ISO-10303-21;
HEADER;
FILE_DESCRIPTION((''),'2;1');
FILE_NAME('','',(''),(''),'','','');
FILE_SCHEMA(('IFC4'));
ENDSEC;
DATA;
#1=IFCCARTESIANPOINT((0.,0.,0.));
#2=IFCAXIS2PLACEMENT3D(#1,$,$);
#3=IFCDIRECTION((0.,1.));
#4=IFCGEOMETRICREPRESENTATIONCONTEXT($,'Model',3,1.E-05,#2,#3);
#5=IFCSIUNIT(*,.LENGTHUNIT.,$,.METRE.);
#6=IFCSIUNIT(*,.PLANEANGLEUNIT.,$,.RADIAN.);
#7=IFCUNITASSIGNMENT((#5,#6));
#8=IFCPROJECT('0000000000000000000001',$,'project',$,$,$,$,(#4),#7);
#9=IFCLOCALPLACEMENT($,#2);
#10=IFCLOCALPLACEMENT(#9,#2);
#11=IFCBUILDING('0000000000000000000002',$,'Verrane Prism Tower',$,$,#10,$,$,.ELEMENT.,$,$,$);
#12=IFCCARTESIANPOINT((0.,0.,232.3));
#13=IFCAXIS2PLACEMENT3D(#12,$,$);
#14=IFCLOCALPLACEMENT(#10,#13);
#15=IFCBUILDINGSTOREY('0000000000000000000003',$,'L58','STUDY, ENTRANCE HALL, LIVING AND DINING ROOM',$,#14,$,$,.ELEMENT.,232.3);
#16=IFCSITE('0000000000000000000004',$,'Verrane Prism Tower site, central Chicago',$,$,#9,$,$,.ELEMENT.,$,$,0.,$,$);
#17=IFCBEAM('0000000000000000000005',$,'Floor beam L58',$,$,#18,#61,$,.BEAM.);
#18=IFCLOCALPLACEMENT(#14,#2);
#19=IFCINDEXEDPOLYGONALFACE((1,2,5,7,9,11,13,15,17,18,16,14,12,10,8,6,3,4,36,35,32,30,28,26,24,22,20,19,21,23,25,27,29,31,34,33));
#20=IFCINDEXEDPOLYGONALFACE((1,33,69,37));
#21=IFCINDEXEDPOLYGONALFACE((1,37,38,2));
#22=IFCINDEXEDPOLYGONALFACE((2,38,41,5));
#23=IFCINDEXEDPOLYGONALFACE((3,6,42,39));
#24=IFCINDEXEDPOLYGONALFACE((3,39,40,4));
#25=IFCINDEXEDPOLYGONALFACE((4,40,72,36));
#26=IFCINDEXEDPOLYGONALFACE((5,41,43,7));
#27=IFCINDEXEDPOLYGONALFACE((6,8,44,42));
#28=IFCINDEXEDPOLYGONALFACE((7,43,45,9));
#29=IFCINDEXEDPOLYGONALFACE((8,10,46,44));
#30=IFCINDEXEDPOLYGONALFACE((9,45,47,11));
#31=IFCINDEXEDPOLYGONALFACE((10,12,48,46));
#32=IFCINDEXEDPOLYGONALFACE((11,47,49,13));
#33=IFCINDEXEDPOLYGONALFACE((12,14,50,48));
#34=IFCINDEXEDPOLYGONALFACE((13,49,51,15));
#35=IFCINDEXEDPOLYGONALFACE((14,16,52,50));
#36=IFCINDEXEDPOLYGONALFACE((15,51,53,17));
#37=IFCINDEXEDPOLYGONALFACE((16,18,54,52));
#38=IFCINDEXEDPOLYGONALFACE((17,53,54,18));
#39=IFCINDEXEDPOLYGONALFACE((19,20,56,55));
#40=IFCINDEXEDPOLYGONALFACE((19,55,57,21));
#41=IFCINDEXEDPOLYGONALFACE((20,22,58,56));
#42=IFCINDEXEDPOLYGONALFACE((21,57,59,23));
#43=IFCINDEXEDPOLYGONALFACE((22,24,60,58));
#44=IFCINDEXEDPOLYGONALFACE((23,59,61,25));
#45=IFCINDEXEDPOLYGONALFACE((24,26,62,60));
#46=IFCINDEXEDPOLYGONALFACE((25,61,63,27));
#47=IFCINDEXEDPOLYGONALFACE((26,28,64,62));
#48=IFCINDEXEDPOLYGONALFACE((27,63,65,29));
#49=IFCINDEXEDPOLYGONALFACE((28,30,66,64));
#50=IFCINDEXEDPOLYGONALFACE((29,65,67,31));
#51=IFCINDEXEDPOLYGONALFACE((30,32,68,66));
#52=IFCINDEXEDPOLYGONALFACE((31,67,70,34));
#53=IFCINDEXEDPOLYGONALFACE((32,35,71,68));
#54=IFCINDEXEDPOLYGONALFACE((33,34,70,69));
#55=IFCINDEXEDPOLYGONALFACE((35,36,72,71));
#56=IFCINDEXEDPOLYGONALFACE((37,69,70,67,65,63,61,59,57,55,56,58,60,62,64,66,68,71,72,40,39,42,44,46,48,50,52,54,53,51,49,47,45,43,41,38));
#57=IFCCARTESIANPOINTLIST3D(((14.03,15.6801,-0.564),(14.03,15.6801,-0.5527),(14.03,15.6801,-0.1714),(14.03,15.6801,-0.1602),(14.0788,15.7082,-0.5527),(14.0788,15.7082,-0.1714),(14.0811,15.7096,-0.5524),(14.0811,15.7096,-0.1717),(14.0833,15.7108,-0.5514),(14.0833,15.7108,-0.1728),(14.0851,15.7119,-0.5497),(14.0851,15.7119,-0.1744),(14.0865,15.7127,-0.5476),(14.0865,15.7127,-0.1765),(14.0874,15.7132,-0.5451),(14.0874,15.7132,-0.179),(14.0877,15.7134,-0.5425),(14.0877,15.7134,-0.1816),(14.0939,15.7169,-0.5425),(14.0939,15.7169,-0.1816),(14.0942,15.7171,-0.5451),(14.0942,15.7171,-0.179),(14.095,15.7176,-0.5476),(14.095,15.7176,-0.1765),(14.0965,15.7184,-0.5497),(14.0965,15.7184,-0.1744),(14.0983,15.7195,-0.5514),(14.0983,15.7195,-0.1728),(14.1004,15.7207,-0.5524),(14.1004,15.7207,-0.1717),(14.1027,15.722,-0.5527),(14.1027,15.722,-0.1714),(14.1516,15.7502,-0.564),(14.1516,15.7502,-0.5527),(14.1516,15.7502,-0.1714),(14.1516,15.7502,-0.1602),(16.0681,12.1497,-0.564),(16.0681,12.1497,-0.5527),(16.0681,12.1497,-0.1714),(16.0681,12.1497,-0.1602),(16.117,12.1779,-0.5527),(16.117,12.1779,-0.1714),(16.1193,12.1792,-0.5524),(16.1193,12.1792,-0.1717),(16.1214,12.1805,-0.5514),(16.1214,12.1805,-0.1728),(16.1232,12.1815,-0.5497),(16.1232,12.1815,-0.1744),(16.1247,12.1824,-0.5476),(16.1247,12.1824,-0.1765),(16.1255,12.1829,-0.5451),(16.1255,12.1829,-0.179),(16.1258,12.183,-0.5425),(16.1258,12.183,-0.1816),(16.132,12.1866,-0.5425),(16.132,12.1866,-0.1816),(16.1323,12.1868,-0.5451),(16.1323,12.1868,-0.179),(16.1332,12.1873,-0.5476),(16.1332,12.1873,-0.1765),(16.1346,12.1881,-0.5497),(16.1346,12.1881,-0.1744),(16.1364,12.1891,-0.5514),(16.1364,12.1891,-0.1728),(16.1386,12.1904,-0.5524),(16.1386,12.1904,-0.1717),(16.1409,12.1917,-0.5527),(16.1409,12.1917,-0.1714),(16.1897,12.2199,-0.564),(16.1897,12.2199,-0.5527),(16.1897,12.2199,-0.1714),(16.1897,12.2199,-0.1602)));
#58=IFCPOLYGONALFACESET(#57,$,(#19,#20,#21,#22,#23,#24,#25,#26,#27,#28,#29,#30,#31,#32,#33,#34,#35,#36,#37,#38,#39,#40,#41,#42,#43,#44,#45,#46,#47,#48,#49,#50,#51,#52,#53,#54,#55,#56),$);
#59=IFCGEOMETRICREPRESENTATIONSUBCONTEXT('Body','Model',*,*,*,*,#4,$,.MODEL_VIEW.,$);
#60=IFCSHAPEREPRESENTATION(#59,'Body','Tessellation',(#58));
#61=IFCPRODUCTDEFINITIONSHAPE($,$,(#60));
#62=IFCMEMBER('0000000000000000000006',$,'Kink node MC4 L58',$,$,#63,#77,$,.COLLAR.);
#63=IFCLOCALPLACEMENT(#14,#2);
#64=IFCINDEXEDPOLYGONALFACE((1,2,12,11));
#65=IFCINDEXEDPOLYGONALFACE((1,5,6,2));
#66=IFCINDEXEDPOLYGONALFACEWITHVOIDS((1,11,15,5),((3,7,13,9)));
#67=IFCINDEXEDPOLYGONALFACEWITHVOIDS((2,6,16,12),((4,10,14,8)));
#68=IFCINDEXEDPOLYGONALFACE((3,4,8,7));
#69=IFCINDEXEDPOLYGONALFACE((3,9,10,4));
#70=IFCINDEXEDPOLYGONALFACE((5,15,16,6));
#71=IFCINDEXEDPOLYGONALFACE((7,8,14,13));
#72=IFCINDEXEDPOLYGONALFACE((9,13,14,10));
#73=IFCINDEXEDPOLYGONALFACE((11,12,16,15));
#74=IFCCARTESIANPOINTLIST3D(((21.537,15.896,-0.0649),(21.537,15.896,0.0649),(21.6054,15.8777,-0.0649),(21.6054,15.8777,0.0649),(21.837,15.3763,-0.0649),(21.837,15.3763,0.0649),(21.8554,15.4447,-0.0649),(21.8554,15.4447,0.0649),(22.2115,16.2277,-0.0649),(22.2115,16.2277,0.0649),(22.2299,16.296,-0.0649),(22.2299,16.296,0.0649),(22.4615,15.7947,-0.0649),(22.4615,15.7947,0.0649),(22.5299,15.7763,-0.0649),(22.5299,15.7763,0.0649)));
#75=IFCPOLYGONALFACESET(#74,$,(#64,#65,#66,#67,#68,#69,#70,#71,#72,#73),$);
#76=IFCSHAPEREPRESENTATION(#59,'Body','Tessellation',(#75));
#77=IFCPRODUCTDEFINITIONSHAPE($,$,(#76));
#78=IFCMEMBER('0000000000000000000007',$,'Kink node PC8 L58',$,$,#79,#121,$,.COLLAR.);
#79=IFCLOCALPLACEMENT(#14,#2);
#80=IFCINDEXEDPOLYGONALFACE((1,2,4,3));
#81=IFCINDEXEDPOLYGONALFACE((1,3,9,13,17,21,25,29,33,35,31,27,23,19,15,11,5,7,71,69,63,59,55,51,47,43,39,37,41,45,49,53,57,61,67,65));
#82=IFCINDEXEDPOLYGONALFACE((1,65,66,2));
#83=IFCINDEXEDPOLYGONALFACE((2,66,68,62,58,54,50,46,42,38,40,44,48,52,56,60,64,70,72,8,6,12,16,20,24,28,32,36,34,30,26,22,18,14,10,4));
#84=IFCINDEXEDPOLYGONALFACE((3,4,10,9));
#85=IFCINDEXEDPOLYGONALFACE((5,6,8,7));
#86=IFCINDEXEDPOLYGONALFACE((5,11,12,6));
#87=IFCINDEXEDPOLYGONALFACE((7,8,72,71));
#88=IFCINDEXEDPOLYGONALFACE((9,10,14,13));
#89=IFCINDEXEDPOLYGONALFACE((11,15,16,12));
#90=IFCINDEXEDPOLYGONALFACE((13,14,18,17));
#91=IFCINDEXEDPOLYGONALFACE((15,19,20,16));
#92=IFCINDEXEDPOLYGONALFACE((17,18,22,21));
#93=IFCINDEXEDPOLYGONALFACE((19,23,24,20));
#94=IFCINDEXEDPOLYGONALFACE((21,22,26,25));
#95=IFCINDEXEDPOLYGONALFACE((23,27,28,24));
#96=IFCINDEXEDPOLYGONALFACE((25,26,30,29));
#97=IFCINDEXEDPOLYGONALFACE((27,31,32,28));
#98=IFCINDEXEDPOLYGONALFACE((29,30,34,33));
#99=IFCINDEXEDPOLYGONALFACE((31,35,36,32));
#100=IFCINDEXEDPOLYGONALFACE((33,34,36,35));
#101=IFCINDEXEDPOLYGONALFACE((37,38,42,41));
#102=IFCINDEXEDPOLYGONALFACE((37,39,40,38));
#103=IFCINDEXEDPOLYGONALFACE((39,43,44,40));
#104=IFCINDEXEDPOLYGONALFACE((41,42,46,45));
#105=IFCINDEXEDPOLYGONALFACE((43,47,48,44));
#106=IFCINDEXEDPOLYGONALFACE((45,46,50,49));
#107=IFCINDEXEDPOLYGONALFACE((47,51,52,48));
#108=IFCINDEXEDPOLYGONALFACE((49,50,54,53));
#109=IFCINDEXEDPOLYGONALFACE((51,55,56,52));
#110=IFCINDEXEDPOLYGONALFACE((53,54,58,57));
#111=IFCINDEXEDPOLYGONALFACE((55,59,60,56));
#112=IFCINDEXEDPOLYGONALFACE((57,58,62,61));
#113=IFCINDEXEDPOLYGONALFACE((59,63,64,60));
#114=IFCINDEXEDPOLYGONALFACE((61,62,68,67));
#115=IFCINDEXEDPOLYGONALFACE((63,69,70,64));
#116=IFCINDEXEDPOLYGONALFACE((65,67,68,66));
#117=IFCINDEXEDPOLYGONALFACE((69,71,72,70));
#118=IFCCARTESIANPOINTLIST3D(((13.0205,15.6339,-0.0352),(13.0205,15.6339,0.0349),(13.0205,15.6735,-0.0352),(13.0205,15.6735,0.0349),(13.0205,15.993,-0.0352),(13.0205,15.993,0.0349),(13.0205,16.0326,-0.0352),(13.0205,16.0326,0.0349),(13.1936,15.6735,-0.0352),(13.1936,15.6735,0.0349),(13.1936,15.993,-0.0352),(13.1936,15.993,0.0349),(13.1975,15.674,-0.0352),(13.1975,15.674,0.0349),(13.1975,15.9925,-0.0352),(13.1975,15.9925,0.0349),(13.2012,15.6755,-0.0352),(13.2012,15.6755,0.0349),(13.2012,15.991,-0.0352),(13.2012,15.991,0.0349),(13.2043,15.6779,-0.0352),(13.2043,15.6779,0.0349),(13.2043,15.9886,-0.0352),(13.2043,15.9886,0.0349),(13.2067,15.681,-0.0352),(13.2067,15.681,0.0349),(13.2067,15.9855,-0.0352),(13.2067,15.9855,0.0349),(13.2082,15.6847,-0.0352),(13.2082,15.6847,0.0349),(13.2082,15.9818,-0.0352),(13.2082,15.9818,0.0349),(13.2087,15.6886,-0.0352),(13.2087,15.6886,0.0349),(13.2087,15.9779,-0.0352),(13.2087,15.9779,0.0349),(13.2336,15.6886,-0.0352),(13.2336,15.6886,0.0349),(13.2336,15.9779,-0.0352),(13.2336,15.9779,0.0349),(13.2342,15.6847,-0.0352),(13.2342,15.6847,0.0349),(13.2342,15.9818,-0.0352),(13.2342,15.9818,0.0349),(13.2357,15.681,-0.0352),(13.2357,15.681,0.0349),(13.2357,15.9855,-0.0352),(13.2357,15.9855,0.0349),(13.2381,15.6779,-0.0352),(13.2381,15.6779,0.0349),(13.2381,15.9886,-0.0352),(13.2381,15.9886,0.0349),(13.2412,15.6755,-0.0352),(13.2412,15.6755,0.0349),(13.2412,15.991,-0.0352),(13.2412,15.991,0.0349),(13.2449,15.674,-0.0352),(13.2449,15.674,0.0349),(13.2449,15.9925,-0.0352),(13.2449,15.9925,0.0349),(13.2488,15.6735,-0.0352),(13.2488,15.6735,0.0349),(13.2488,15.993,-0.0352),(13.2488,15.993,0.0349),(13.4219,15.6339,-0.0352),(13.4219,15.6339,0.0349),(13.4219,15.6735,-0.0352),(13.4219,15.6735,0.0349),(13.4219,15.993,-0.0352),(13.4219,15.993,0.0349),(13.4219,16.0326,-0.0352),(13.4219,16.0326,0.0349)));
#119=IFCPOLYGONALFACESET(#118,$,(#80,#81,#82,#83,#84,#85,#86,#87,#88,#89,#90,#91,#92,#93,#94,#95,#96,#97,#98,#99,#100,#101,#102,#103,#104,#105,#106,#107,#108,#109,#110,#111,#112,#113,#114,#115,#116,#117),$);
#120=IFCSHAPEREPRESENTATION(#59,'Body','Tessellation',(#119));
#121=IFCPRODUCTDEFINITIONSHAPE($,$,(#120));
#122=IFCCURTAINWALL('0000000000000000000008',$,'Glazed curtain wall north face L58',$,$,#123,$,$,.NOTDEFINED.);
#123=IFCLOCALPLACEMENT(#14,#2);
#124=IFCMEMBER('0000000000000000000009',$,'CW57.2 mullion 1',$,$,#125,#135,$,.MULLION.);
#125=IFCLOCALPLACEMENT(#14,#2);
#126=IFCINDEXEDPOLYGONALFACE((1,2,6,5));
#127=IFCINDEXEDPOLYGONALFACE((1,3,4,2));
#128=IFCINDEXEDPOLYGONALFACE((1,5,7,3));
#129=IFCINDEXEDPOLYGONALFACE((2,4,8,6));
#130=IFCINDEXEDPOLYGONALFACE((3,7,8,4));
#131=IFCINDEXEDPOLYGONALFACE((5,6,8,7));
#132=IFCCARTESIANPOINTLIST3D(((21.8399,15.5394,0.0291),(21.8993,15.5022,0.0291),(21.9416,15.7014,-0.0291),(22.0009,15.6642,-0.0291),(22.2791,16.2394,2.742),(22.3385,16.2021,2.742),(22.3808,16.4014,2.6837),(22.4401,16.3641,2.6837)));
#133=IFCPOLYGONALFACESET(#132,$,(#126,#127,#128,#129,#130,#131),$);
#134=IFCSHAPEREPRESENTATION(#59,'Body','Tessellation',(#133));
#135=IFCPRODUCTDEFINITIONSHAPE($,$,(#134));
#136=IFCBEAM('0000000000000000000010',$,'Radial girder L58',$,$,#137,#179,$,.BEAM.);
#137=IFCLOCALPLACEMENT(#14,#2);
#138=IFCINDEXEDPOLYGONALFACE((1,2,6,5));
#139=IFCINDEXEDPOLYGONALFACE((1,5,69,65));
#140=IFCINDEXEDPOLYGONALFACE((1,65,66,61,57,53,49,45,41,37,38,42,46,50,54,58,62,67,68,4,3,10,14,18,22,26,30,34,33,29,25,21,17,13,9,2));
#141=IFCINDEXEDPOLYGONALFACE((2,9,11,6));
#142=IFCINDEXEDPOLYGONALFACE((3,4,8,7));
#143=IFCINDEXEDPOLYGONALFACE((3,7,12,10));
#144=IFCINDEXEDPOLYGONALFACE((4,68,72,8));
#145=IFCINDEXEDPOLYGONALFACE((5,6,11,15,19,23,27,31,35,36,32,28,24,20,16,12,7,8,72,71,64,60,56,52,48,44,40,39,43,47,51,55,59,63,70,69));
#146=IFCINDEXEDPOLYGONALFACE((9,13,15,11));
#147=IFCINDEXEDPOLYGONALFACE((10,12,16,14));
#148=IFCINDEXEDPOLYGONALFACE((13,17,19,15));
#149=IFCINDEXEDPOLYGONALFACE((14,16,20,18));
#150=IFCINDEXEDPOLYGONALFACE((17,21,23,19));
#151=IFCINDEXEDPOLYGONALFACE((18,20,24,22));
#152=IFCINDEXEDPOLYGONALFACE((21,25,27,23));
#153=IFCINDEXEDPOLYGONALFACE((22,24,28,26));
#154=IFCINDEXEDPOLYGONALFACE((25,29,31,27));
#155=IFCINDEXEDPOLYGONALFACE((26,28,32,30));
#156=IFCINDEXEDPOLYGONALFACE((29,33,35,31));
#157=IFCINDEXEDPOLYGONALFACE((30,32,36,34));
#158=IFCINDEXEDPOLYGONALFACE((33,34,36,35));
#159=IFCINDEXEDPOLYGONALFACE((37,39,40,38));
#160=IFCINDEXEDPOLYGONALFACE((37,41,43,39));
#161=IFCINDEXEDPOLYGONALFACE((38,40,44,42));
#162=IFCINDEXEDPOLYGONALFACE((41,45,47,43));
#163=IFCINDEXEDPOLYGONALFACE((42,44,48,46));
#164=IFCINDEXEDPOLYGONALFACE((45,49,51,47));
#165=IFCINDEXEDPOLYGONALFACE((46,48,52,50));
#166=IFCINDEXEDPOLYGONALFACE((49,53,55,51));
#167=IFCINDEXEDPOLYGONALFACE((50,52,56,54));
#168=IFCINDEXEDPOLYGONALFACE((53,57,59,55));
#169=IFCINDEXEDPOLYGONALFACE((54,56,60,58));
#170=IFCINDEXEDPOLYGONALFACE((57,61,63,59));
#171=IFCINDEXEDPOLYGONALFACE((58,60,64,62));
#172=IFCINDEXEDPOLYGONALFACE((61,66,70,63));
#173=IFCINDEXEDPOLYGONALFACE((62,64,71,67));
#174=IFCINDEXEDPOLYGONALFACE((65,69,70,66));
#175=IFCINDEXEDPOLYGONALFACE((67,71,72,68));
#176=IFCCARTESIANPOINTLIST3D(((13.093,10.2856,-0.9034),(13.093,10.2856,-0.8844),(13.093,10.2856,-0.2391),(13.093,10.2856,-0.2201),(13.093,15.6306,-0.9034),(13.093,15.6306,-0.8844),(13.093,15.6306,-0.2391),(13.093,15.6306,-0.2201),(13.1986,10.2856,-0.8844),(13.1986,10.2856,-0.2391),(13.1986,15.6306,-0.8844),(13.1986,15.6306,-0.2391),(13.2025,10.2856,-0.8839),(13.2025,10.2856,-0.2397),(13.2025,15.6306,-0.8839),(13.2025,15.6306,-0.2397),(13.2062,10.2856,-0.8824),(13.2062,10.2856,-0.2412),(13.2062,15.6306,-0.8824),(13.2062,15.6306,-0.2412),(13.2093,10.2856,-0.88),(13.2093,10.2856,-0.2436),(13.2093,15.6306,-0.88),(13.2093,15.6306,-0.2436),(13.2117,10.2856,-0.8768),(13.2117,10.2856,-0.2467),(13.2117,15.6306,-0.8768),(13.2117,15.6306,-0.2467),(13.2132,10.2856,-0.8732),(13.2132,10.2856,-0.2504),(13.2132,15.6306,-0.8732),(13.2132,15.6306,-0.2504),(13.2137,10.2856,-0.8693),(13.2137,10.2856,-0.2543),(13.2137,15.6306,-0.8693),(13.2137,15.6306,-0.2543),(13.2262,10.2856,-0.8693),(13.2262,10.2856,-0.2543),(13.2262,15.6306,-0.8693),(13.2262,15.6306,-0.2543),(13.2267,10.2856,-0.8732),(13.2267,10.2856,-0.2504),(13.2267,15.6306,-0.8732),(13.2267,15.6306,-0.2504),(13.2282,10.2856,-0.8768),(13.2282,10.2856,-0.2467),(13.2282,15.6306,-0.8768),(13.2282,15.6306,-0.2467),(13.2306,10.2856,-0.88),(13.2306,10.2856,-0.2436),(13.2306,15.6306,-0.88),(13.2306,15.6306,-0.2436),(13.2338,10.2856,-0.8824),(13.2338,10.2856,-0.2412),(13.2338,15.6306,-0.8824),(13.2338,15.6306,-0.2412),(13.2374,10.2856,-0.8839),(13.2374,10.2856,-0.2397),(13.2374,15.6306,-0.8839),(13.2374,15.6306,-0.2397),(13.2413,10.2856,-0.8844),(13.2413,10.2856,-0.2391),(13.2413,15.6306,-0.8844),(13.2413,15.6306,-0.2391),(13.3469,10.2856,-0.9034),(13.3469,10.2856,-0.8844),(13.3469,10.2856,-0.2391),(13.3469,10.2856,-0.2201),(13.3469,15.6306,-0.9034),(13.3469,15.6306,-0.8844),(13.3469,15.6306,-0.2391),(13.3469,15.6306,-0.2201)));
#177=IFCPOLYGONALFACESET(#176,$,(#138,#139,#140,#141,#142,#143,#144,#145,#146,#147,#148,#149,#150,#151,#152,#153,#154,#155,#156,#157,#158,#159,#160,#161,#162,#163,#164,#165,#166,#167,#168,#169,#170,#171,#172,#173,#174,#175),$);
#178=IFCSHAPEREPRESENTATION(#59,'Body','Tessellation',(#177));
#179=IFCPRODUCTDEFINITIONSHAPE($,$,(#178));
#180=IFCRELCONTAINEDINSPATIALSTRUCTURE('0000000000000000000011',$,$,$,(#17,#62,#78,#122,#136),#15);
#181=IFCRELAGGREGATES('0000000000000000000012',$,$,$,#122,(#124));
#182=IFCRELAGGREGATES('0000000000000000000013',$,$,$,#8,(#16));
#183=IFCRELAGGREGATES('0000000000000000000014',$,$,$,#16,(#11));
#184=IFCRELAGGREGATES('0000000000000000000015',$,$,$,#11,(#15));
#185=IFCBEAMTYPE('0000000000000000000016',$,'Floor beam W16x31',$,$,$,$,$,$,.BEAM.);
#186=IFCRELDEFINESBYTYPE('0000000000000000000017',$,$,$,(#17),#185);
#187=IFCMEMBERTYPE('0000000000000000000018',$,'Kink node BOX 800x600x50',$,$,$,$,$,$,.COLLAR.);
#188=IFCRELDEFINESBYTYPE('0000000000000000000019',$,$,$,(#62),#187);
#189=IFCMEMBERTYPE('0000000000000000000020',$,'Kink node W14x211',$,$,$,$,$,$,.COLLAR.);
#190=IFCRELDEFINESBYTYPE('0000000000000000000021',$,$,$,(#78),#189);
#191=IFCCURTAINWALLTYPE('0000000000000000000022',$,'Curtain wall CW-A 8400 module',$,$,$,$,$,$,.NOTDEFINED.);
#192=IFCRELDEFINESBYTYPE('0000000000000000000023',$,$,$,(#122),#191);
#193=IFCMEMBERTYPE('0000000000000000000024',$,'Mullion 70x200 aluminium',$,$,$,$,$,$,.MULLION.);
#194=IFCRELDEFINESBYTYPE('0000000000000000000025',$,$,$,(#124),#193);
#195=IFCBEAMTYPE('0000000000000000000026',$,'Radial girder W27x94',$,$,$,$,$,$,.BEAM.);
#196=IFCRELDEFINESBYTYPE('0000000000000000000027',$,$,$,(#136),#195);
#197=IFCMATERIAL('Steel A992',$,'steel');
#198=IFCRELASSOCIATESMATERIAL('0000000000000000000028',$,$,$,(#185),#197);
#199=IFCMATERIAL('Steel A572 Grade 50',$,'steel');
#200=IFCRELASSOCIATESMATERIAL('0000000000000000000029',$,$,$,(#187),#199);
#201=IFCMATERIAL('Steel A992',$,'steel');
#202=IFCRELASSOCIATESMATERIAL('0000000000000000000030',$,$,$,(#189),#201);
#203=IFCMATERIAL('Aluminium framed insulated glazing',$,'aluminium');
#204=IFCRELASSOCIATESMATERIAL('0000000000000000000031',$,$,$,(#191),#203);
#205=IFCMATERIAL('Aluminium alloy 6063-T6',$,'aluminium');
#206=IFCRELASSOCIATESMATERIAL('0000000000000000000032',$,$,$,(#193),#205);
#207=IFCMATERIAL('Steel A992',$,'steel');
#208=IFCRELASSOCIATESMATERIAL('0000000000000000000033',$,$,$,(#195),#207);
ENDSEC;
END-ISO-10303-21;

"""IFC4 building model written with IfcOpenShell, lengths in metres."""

from ifc_helpers import new_model, si_unit, direction, frame, origin, origin_2d, place, context, subcontext, project, spatial, rectangle, hollow_rectangle, i_section, extrude, material, material_profile, profile_set, type_object, element, aggregate, save


model = new_model("IFC4")

# Units and contexts
model_context = context("Model", 3, precision=1e-05, world=origin(), true_north=direction((0.0, 1.0)))
body_context = subcontext(model_context, "Body", "Model", "MODEL_VIEW")
ifc_project = project(units=[si_unit("LENGTHUNIT", "METRE"), si_unit("PLANEANGLEUNIT", "RADIAN")], contexts=[model_context])

# Site, building, storey
site_placement = place(None, origin())
site = spatial("IfcSite", under=ifc_project, at=site_placement, Name="Verrane Prism Tower site, central Chicago", CompositionType="ELEMENT", RefElevation=0.0)
building_placement = place(site_placement, origin())
building = spatial("IfcBuilding", under=site, at=building_placement, Name="Verrane Prism Tower", CompositionType="ELEMENT")
storey_placement = place(building_placement, frame((0.0, 0.0, 232.3)))
storey = spatial("IfcBuildingStorey", under=building, at=storey_placement, Name="L58", Description="STUDY, ENTRANCE HALL, LIVING AND DINING ROOM", CompositionType="ELEMENT", Elevation=232.3)

# Beam
ifc_material_1 = material(Name="Steel A992", Category="steel")
ifc_material_profile_1 = material_profile(ifc_material_1, i_section(OverallWidth=0.1404, OverallDepth=0.4038, WebThickness=0.0071, FlangeThickness=0.0112, FilletRadius=0.0103, at=origin_2d()), Name="W16x31")
ifc_profile_set_1 = profile_set([ifc_material_profile_1], Name="Steel A992")
beam_type_1 = type_object("IfcBeamType", Name="Floor beam W16x31", PredefinedType="BEAM", material=ifc_profile_set_1)
beam_1_placement = place(storey_placement, frame((16.1289, 12.1848, -0.3621), z_axis=(-0.499978, 0.866038, 0.0), x_axis=(-0.866038, -0.499978, 0.0)))
element("IfcBeam", 1, at=beam_1_placement, inside=storey, type_object=beam_type_1, Name="Floor beam L58", PredefinedType="BEAM", context=body_context, shape_type="SweptSolid", body=[
    extrude(i_section(OverallWidth=0.1404, OverallDepth=0.4038, WebThickness=0.0071, FlangeThickness=0.0112, FilletRadius=0.0103, at=origin_2d()), origin(), (0.0, 0.0, 1.0), 4.0764),
])

# Members
ifc_material_2 = material(Name="Steel A572 Grade 50", Category="steel")
ifc_material_profile_2 = material_profile(ifc_material_2, hollow_rectangle(XDim=0.6001, YDim=0.8, WallThickness=0.05, at=origin_2d()), Name="BOX 800x600x50")
ifc_profile_set_2 = profile_set([ifc_material_profile_2], Name="Steel A572 Grade 50")
member_type_1 = type_object("IfcMemberType", Name="Kink node BOX 800x600x50", PredefinedType="COLLAR", material=ifc_profile_set_2)
member_1_placement = place(storey_placement, frame((22.0334, 15.8362, -0.0649), z_axis=(0.0, 0.0, 1.0), x_axis=(0.5, -0.866025, 0.0)))
element("IfcMember", 2, at=member_1_placement, inside=storey, type_object=member_type_1, Name="Kink node MC4 L58", PredefinedType="COLLAR", context=body_context, shape_type="SweptSolid", body=[
    extrude(hollow_rectangle(XDim=0.6001, YDim=0.8, WallThickness=0.05, at=origin_2d()), origin(), (0.0, 0.0, 1.0), 0.1299),
])
ifc_material_3 = material(Name="Steel A992", Category="steel")
ifc_material_profile_3 = material_profile(ifc_material_3, i_section(OverallWidth=0.4014, OverallDepth=0.3987, WebThickness=0.0249, FlangeThickness=0.0396, FilletRadius=0.0151, at=origin_2d()), Name="W14x211")
ifc_profile_set_3 = profile_set([ifc_material_profile_3], Name="Steel A992")
member_type_2 = type_object("IfcMemberType", Name="Kink node W14x211", PredefinedType="COLLAR", material=ifc_profile_set_3)
member_2_placement = place(storey_placement, frame((13.2212, 15.8333, -0.0352), z_axis=(0.0, 0.0, 1.0), x_axis=(1.0, 0.0, 0.0)))
element("IfcMember", 3, at=member_2_placement, inside=storey, type_object=member_type_2, Name="Kink node PC8 L58", PredefinedType="COLLAR", context=body_context, shape_type="SweptSolid", body=[
    extrude(i_section(OverallWidth=0.4014, OverallDepth=0.3987, WebThickness=0.0249, FlangeThickness=0.0396, FilletRadius=0.0151, at=origin_2d()), origin(), (0.0, 0.0, 1.0), 0.0701),
])

# Curtain wall, member
ifc_material_4 = material(Name="Aluminium framed insulated glazing", Category="aluminium")
curtain_wall_type = type_object("IfcCurtainWallType", Name="Curtain wall CW-A 8400 module", PredefinedType="NOTDEFINED", material=ifc_material_4)
curtain_wall_1_placement = place(storey_placement, origin())
curtain_wall_1 = element("IfcCurtainWall", 4, at=curtain_wall_1_placement, inside=storey, type_object=curtain_wall_type, Name="Glazed curtain wall north face L58", PredefinedType="NOTDEFINED")
ifc_material_5 = material(Name="Aluminium alloy 6063-T6", Category="aluminium")
ifc_material_profile_4 = material_profile(ifc_material_5, rectangle(XDim=0.2, YDim=0.0701, at=origin_2d()), Name="Mullion 70x200 aluminium")
ifc_profile_set_4 = profile_set([ifc_material_profile_4], Name="Aluminium alloy 6063-T6")
member_type_3 = type_object("IfcMemberType", Name="Mullion 70x200 aluminium", PredefinedType="MULLION", material=ifc_profile_set_4)
member_3_placement = place(storey_placement, frame((21.9204, 15.6018, 0.0), z_axis=(0.154872, 0.246814, 0.956607), x_axis=(0.508448, 0.810295, -0.29138)))
member_3 = element("IfcMember", 5, at=member_3_placement, type_object=member_type_3, Name="CW57.2 mullion 1", PredefinedType="MULLION", context=body_context, shape_type="SweptSolid", body=[
    extrude(rectangle(XDim=0.2, YDim=0.0701, at=origin_2d()), origin(), (0.0, 0.0, 1.0), 2.8359),
])

# Beam
ifc_material_6 = material(Name="Steel A992", Category="steel")
ifc_material_profile_5 = material_profile(ifc_material_6, i_section(OverallWidth=0.2539, OverallDepth=0.6833, WebThickness=0.0125, FlangeThickness=0.019, FilletRadius=0.0151, at=origin_2d()), Name="W27x94")
ifc_profile_set_5 = profile_set([ifc_material_profile_5], Name="Steel A992")
beam_type_2 = type_object("IfcBeamType", Name="Radial girder W27x94", PredefinedType="BEAM", material=ifc_profile_set_5)
beam_2_placement = place(storey_placement, frame((13.22, 15.6306, -0.5618), z_axis=(0.0, -1.0, 0.0), x_axis=(1.0, 0.0, 0.0)))
element("IfcBeam", 6, at=beam_2_placement, inside=storey, type_object=beam_type_2, Name="Radial girder L58", PredefinedType="BEAM", context=body_context, shape_type="SweptSolid", body=[
    extrude(i_section(OverallWidth=0.2539, OverallDepth=0.6833, WebThickness=0.0125, FlangeThickness=0.019, FilletRadius=0.0151, at=origin_2d()), origin(), (0.0, 0.0, 1.0), 5.345),
])

aggregate(curtain_wall_1, [member_3])

save(model, "model.ifc")
